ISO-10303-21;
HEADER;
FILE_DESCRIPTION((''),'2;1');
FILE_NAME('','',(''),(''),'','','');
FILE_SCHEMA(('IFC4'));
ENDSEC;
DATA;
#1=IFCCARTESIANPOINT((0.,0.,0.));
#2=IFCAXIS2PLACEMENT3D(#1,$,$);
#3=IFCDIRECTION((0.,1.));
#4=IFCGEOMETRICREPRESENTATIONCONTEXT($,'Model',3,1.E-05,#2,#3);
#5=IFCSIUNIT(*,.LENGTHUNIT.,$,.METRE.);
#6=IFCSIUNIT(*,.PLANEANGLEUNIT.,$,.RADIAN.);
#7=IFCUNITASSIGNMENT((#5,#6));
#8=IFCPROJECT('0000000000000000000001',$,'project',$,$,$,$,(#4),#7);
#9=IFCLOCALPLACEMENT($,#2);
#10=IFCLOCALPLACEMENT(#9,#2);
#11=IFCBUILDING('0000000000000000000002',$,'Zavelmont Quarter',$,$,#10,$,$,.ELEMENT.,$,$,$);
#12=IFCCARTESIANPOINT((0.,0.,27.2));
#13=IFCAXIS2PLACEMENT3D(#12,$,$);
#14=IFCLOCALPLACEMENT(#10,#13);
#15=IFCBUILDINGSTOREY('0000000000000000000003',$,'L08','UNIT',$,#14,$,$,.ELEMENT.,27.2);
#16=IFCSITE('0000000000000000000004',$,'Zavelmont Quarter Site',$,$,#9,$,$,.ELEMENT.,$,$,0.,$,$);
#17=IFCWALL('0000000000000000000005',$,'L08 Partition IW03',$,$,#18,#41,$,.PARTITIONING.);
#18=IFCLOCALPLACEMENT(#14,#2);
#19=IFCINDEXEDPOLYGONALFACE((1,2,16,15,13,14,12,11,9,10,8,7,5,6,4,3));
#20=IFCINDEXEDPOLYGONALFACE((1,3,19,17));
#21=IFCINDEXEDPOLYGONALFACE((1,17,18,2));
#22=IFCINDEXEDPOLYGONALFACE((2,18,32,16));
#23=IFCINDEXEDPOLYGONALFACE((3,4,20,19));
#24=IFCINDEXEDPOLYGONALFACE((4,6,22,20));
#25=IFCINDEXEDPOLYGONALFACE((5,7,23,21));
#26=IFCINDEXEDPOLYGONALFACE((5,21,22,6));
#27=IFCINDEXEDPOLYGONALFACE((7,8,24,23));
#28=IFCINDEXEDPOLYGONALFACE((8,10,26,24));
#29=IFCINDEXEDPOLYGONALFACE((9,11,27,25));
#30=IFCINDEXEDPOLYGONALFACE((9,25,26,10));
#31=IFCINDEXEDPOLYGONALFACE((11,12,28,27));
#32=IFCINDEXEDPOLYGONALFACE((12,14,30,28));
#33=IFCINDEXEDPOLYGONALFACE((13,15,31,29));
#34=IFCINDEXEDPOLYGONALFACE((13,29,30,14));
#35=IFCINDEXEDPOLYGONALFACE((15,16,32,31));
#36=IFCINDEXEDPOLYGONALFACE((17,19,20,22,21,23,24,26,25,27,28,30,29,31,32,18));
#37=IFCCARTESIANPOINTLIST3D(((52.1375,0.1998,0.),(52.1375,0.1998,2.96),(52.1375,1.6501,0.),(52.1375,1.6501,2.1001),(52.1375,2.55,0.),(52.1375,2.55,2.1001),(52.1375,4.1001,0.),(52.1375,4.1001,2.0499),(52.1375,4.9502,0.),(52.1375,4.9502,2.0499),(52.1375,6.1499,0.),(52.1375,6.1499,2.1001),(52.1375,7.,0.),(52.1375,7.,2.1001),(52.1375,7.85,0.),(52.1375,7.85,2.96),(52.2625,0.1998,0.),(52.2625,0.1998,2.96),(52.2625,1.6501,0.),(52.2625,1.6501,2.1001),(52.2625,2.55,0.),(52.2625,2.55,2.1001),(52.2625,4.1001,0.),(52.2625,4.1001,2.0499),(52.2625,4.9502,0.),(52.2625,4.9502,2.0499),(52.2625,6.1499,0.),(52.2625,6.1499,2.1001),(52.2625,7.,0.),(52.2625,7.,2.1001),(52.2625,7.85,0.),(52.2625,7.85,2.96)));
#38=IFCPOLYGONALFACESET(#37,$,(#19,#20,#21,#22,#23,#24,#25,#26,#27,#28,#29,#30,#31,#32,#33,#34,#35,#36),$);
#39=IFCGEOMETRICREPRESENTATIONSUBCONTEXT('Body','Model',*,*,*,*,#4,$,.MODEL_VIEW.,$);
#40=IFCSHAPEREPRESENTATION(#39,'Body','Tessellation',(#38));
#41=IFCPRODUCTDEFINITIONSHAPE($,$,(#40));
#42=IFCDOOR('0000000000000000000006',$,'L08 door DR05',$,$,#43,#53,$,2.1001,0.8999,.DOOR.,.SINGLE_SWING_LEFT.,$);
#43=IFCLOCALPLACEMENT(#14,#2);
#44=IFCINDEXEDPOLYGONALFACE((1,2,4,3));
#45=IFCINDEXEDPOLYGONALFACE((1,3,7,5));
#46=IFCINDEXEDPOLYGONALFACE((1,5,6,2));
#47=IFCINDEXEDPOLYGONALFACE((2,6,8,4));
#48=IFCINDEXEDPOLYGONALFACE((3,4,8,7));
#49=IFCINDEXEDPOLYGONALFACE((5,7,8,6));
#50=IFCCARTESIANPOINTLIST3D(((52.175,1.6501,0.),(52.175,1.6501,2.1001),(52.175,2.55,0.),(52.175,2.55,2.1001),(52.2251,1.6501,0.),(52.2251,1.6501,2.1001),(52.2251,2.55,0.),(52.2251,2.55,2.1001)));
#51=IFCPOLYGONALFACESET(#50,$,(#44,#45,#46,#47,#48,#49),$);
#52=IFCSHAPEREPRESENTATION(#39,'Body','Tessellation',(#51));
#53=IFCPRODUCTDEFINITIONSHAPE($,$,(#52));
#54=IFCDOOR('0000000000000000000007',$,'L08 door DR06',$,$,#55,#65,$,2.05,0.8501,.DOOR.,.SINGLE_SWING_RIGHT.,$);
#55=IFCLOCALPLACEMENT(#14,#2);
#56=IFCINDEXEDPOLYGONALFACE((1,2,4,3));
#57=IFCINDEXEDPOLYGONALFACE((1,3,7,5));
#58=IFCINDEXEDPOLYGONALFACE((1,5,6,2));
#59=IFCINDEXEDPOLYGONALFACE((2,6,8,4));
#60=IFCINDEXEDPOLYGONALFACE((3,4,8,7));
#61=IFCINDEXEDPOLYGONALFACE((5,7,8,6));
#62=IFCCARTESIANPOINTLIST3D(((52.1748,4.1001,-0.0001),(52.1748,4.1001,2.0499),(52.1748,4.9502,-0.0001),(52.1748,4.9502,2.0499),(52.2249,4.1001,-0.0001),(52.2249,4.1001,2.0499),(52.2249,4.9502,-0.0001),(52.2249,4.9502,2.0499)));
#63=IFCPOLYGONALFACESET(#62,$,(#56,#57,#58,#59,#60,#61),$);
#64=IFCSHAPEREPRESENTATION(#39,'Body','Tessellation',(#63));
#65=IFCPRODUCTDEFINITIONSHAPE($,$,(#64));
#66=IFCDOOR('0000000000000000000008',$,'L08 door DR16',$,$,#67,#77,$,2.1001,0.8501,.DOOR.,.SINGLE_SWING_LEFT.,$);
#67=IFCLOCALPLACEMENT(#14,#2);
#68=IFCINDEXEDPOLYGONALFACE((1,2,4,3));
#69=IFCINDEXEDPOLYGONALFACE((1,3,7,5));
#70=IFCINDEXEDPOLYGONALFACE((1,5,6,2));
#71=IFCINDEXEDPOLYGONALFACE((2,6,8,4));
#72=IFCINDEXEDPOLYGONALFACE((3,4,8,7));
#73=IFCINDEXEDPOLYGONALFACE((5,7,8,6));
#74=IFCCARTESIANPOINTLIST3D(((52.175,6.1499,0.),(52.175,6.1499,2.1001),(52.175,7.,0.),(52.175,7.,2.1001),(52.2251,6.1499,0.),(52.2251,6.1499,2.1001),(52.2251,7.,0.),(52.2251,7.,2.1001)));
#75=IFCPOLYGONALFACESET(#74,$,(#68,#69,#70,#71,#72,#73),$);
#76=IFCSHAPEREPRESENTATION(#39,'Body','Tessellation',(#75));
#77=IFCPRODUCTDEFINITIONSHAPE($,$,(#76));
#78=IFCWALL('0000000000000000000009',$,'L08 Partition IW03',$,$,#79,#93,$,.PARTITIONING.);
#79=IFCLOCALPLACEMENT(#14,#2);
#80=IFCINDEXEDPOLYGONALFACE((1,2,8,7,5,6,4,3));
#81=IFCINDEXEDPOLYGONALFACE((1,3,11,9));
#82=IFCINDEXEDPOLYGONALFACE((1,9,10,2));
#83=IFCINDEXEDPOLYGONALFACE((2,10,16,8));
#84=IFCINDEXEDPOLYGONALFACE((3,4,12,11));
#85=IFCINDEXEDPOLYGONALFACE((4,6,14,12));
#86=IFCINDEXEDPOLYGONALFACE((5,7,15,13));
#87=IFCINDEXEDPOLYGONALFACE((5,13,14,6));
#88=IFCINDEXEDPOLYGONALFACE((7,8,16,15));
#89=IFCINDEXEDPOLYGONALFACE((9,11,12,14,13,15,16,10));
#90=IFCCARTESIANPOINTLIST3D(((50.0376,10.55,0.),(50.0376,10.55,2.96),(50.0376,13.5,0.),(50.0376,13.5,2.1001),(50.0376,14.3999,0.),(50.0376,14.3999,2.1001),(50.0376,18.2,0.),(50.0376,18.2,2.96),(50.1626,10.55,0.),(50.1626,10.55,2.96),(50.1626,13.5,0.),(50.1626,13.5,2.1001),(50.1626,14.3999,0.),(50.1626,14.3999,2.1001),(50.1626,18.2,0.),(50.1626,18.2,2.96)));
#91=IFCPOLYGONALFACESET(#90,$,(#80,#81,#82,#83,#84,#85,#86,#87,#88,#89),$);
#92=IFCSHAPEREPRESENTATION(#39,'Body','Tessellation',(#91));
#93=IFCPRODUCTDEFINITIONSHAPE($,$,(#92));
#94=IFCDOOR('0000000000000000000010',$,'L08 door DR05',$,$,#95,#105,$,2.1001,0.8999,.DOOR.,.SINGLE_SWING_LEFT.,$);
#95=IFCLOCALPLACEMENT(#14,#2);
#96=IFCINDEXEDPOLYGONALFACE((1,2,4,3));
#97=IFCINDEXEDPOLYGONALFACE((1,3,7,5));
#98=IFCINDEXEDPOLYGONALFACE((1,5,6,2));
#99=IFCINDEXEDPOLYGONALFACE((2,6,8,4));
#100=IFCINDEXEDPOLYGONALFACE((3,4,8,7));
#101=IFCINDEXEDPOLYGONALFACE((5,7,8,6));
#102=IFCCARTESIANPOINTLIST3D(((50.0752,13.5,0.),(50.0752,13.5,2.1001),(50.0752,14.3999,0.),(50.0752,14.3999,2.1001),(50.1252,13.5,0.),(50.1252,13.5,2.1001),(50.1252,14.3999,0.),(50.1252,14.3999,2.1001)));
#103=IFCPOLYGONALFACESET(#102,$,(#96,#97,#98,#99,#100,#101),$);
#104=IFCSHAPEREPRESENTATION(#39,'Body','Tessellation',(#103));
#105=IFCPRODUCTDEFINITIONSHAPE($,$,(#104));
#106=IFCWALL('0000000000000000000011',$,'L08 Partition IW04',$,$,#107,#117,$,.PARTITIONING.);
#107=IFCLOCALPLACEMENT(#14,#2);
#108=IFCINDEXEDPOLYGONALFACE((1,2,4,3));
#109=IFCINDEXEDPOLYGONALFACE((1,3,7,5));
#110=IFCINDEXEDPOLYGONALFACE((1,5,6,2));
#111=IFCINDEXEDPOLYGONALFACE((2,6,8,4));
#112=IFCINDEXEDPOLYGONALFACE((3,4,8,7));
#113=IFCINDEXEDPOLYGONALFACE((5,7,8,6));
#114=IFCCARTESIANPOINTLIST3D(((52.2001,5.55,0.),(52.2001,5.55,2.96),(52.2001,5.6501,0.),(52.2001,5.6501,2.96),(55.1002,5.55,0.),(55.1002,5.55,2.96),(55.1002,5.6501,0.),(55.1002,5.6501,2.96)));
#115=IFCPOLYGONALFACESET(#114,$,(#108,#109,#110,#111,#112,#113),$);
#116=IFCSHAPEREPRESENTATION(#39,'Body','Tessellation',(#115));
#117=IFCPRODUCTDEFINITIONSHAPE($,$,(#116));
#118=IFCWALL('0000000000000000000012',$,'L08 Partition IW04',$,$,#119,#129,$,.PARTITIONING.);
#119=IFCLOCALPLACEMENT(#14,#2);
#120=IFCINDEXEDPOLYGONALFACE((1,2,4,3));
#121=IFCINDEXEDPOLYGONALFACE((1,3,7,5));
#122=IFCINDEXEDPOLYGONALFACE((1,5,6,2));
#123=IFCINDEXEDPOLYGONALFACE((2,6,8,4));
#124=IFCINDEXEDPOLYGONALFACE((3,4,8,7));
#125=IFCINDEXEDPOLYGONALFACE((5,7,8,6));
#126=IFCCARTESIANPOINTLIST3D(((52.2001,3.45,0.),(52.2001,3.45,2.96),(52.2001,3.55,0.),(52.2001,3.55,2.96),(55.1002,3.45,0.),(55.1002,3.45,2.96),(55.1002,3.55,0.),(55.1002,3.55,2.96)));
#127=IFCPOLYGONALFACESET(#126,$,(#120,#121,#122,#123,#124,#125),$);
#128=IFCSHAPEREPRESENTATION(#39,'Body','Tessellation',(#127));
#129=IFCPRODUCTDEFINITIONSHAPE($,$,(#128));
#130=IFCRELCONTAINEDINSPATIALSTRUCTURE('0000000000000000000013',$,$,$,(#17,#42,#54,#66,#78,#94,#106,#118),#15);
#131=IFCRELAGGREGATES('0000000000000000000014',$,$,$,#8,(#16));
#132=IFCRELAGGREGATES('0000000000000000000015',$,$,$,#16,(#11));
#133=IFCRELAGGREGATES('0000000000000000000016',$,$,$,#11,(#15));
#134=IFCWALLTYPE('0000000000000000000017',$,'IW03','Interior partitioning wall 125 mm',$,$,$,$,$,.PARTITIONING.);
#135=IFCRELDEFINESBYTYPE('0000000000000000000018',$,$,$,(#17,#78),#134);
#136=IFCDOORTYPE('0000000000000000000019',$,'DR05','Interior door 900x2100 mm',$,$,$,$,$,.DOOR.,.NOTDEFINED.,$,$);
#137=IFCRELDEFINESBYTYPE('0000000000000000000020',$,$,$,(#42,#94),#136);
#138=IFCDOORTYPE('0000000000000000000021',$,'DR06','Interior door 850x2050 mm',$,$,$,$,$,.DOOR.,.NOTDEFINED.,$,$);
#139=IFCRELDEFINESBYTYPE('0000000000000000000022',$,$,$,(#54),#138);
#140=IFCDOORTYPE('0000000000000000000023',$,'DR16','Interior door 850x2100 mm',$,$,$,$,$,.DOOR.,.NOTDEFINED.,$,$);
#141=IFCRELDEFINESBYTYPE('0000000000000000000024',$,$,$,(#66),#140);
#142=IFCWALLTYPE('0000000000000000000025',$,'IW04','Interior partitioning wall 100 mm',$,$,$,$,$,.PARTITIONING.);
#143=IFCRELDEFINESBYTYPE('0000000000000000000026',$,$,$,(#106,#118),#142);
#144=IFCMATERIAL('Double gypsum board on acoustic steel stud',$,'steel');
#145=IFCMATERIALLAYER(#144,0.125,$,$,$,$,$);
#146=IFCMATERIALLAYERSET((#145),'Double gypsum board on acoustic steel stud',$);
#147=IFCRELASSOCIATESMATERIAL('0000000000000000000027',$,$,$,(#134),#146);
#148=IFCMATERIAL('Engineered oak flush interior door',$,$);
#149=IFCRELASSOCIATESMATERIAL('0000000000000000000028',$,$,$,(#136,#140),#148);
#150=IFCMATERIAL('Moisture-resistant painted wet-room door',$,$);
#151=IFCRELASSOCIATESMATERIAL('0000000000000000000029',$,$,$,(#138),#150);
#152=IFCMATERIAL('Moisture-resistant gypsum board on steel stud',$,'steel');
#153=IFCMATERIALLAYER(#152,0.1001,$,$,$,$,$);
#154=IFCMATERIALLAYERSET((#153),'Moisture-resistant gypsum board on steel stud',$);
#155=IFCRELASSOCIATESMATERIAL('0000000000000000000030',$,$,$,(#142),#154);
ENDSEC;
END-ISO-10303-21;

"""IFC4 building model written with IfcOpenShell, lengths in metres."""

from ifc_helpers import new_model, si_unit, direction, frame, frame_2d, origin, origin_with_axes, place, context, subcontext, project, spatial, rectangle, extrude, material, layer, layer_set, type_object, element, fill, save


model = new_model("IFC4")

# Units and contexts
model_context = context("Model", 3, precision=1e-05, world=origin(), true_north=direction((0.0, 1.0)))
body_context = subcontext(model_context, "Body", "Model", "MODEL_VIEW")
ifc_project = project(units=[si_unit("LENGTHUNIT", "METRE"), si_unit("PLANEANGLEUNIT", "RADIAN")], contexts=[model_context])

# Site, building, storey
site_placement = place(None, origin())
site = spatial("IfcSite", under=ifc_project, at=site_placement, Name="Zavelmont Quarter Site", CompositionType="ELEMENT", RefElevation=0.0)
building_placement = place(site_placement, origin())
building = spatial("IfcBuilding", under=site, at=building_placement, Name="Zavelmont Quarter", CompositionType="ELEMENT")
storey_placement = place(building_placement, frame((0.0, 0.0, 27.2)))
storey = spatial("IfcBuildingStorey", under=building, at=storey_placement, Name="L08", Description="UNIT", CompositionType="ELEMENT", Elevation=27.2)

# Wall, openings, doors
ifc_material_1 = material(Name="Double gypsum board on acoustic steel stud", Category="steel")
ifc_layer_1 = layer(ifc_material_1, 0.125)
ifc_layer_set_1 = layer_set([ifc_layer_1], Name="Double gypsum board on acoustic steel stud")
wall_type_1 = type_object("IfcWallType", Name="IW03", Description="Interior partitioning wall 125 mm", PredefinedType="PARTITIONING", material=ifc_layer_set_1)
wall_1_placement = place(storey_placement, frame((52.2, 7.8501, 0.0), z_axis=(0.0, 0.0, 1.0), x_axis=(0.0, -1.0, 0.0)))
wall_1 = element("IfcWall", 1, at=wall_1_placement, inside=storey, type_object=wall_type_1, Name="L08 Partition IW03", PredefinedType="PARTITIONING", context=body_context, shape_type="SweptSolid", body=[
    extrude(rectangle(XDim=7.6501, YDim=0.125, at=frame_2d((3.8252, 0.0))), origin(), (0.0, 0.0, 1.0), 2.96),
])
opening_1_placement = place(wall_1_placement, frame((0.8501, 0.0, 0.0)))
opening_1 = element("IfcOpeningElement", 2, at=opening_1_placement, cuts=wall_1, PredefinedType="OPENING", context=body_context, shape_type="SweptSolid", body=[
    extrude(rectangle(XDim=0.8501, YDim=2.1001, at=frame_2d((0.425, 1.05))), frame((0.0, 0.0745, 0.0), z_axis=(0.0, -1.0, 0.0), x_axis=(1.0, 0.0, 0.0)), (0.0, 0.0, 1.0), 0.1489),
])
opening_2_placement = place(wall_1_placement, frame((2.8999, 0.0, 0.0)))
opening_2 = element("IfcOpeningElement", 3, at=opening_2_placement, cuts=wall_1, PredefinedType="OPENING", context=body_context, shape_type="SweptSolid", body=[
    extrude(rectangle(XDim=0.8501, YDim=2.05, at=frame_2d((0.425, 1.0249))), frame((0.0, 0.0745, 0.0), z_axis=(0.0, -1.0, 0.0), x_axis=(1.0, 0.0, 0.0)), (0.0, 0.0, 1.0), 0.1489),
])
opening_3_placement = place(wall_1_placement, frame((5.3, 0.0, 0.0)))
opening_3 = element("IfcOpeningElement", 4, at=opening_3_placement, cuts=wall_1, PredefinedType="OPENING", context=body_context, shape_type="SweptSolid", body=[
    extrude(rectangle(XDim=0.8999, YDim=2.1001, at=frame_2d((0.45, 1.05))), frame((0.0, 0.0745, 0.0), z_axis=(0.0, -1.0, 0.0), x_axis=(1.0, 0.0, 0.0)), (0.0, 0.0, 1.0), 0.1489),
])
ifc_material_2 = material(Name="Engineered oak flush interior door")
door_type_1 = type_object("IfcDoorType", Name="DR05", Description="Interior door 900x2100 mm", OperationType="NOTDEFINED", PredefinedType="DOOR", material=ifc_material_2)
door_1_placement = place(opening_3_placement, frame((0.8999, 0.0, 0.0), z_axis=(0.0, 0.0, 1.0), x_axis=(-1.0, 0.0, 0.0)))
door_1 = element("IfcDoor", 5, at=door_1_placement, inside=storey, type_object=door_type_1, Name="L08 door DR05", OperationType="SINGLE_SWING_LEFT", OverallHeight=2.1001, OverallWidth=0.8999, PredefinedType="DOOR", context=body_context, shape_type="SweptSolid", body=[
    extrude(rectangle(XDim=0.8999, YDim=2.1001, at=frame_2d((0.45, 1.05))), frame((0.0, 0.0249, 0.0), z_axis=(0.0, -1.0, 0.0), x_axis=(1.0, 0.0, 0.0)), (0.0, 0.0, 1.0), 0.05),
])
fill(opening_3, door_1)
ifc_material_3 = material(Name="Moisture-resistant painted wet-room door")
door_type_2 = type_object("IfcDoorType", Name="DR06", Description="Interior door 850x2050 mm", OperationType="NOTDEFINED", PredefinedType="DOOR", material=ifc_material_3)
door_2_placement = place(opening_2_placement, origin_with_axes())
door_2 = element("IfcDoor", 6, at=door_2_placement, inside=storey, type_object=door_type_2, Name="L08 door DR06", OperationType="SINGLE_SWING_RIGHT", OverallHeight=2.05, OverallWidth=0.8501, PredefinedType="DOOR", context=body_context, shape_type="SweptSolid", body=[
    extrude(rectangle(XDim=0.8501, YDim=2.05, at=frame_2d((0.425, 1.0249))), frame((0.0, 0.0249, 0.0), z_axis=(0.0, -1.0, 0.0), x_axis=(1.0, 0.0, 0.0)), (0.0, 0.0, 1.0), 0.05),
])
fill(opening_2, door_2)
door_type_3 = type_object("IfcDoorType", Name="DR16", Description="Interior door 850x2100 mm", OperationType="NOTDEFINED", PredefinedType="DOOR", material=ifc_material_2)
door_3_placement = place(opening_1_placement, frame((0.8501, 0.0, 0.0), z_axis=(0.0, 0.0, 1.0), x_axis=(-1.0, 0.0, 0.0)))
door_3 = element("IfcDoor", 7, at=door_3_placement, inside=storey, type_object=door_type_3, Name="L08 door DR16", OperationType="SINGLE_SWING_LEFT", OverallHeight=2.1001, OverallWidth=0.8501, PredefinedType="DOOR", context=body_context, shape_type="SweptSolid", body=[
    extrude(rectangle(XDim=0.8501, YDim=2.1001, at=frame_2d((0.425, 1.05))), frame((0.0, 0.0249, 0.0), z_axis=(0.0, -1.0, 0.0), x_axis=(1.0, 0.0, 0.0)), (0.0, 0.0, 1.0), 0.05),
])
fill(opening_1, door_3)

# Wall, opening, door
wall_2_placement = place(storey_placement, frame((50.1001, 10.55, 0.0), z_axis=(0.0, 0.0, 1.0), x_axis=(0.0, 1.0, 0.0)))
wall_2 = element("IfcWall", 8, at=wall_2_placement, inside=storey, type_object=wall_type_1, Name="L08 Partition IW03", PredefinedType="PARTITIONING", context=body_context, shape_type="SweptSolid", body=[
    extrude(rectangle(XDim=7.6499, YDim=0.125, at=frame_2d((3.825, 0.0))), origin(), (0.0, 0.0, 1.0), 2.96),
])
opening_4_placement = place(wall_2_placement, frame((2.95, 0.0, 0.0)))
opening_4 = element("IfcOpeningElement", 9, at=opening_4_placement, cuts=wall_2, PredefinedType="OPENING", context=body_context, shape_type="SweptSolid", body=[
    extrude(rectangle(XDim=0.8999, YDim=2.1001, at=frame_2d((0.45, 1.05))), frame((0.0, 0.0745, 0.0), z_axis=(0.0, -1.0, 0.0), x_axis=(1.0, 0.0, 0.0)), (0.0, 0.0, 1.0), 0.1489),
])
door_4_placement = place(opening_4_placement, origin_with_axes())
door_4 = element("IfcDoor", 10, at=door_4_placement, inside=storey, type_object=door_type_1, Name="L08 door DR05", OperationType="SINGLE_SWING_LEFT", OverallHeight=2.1001, OverallWidth=0.8999, PredefinedType="DOOR", context=body_context, shape_type="SweptSolid", body=[
    extrude(rectangle(XDim=0.8999, YDim=2.1001, at=frame_2d((0.45, 1.05))), frame((0.0, 0.0249, 0.0), z_axis=(0.0, -1.0, 0.0), x_axis=(1.0, 0.0, 0.0)), (0.0, 0.0, 1.0), 0.05),
])
fill(opening_4, door_4)

# Walls
ifc_material_4 = material(Name="Moisture-resistant gypsum board on steel stud", Category="steel")
ifc_layer_2 = layer(ifc_material_4, 0.1001)
ifc_layer_set_2 = layer_set([ifc_layer_2], Name="Moisture-resistant gypsum board on steel stud")
wall_type_2 = type_object("IfcWallType", Name="IW04", Description="Interior partitioning wall 100 mm", PredefinedType="PARTITIONING", material=ifc_layer_set_2)
for number, where, z_axis, x_axis, name in (
    (11, (52.2, 5.6001, 0.0), (0.0, 0.0, 1.0), (1.0, 0.0, 0.0), "L08 Partition IW04"),
    (12, (52.2, 3.5, 0.0), (0.0, 0.0, 1.0), (1.0, 0.0, 0.0), "L08 Partition IW04"),
):
    element("IfcWall", number, at=place(storey_placement, frame(where, z_axis=z_axis, x_axis=x_axis)), inside=storey, type_object=wall_type_2, Name=name, PredefinedType="PARTITIONING", context=body_context, shape_type="SweptSolid", body=[
        extrude(rectangle(XDim=2.9001, YDim=0.1001, at=frame_2d((1.4502, 0.0))), origin(), (0.0, 0.0, 1.0), 2.96),
    ])

save(model, "model.ifc")
